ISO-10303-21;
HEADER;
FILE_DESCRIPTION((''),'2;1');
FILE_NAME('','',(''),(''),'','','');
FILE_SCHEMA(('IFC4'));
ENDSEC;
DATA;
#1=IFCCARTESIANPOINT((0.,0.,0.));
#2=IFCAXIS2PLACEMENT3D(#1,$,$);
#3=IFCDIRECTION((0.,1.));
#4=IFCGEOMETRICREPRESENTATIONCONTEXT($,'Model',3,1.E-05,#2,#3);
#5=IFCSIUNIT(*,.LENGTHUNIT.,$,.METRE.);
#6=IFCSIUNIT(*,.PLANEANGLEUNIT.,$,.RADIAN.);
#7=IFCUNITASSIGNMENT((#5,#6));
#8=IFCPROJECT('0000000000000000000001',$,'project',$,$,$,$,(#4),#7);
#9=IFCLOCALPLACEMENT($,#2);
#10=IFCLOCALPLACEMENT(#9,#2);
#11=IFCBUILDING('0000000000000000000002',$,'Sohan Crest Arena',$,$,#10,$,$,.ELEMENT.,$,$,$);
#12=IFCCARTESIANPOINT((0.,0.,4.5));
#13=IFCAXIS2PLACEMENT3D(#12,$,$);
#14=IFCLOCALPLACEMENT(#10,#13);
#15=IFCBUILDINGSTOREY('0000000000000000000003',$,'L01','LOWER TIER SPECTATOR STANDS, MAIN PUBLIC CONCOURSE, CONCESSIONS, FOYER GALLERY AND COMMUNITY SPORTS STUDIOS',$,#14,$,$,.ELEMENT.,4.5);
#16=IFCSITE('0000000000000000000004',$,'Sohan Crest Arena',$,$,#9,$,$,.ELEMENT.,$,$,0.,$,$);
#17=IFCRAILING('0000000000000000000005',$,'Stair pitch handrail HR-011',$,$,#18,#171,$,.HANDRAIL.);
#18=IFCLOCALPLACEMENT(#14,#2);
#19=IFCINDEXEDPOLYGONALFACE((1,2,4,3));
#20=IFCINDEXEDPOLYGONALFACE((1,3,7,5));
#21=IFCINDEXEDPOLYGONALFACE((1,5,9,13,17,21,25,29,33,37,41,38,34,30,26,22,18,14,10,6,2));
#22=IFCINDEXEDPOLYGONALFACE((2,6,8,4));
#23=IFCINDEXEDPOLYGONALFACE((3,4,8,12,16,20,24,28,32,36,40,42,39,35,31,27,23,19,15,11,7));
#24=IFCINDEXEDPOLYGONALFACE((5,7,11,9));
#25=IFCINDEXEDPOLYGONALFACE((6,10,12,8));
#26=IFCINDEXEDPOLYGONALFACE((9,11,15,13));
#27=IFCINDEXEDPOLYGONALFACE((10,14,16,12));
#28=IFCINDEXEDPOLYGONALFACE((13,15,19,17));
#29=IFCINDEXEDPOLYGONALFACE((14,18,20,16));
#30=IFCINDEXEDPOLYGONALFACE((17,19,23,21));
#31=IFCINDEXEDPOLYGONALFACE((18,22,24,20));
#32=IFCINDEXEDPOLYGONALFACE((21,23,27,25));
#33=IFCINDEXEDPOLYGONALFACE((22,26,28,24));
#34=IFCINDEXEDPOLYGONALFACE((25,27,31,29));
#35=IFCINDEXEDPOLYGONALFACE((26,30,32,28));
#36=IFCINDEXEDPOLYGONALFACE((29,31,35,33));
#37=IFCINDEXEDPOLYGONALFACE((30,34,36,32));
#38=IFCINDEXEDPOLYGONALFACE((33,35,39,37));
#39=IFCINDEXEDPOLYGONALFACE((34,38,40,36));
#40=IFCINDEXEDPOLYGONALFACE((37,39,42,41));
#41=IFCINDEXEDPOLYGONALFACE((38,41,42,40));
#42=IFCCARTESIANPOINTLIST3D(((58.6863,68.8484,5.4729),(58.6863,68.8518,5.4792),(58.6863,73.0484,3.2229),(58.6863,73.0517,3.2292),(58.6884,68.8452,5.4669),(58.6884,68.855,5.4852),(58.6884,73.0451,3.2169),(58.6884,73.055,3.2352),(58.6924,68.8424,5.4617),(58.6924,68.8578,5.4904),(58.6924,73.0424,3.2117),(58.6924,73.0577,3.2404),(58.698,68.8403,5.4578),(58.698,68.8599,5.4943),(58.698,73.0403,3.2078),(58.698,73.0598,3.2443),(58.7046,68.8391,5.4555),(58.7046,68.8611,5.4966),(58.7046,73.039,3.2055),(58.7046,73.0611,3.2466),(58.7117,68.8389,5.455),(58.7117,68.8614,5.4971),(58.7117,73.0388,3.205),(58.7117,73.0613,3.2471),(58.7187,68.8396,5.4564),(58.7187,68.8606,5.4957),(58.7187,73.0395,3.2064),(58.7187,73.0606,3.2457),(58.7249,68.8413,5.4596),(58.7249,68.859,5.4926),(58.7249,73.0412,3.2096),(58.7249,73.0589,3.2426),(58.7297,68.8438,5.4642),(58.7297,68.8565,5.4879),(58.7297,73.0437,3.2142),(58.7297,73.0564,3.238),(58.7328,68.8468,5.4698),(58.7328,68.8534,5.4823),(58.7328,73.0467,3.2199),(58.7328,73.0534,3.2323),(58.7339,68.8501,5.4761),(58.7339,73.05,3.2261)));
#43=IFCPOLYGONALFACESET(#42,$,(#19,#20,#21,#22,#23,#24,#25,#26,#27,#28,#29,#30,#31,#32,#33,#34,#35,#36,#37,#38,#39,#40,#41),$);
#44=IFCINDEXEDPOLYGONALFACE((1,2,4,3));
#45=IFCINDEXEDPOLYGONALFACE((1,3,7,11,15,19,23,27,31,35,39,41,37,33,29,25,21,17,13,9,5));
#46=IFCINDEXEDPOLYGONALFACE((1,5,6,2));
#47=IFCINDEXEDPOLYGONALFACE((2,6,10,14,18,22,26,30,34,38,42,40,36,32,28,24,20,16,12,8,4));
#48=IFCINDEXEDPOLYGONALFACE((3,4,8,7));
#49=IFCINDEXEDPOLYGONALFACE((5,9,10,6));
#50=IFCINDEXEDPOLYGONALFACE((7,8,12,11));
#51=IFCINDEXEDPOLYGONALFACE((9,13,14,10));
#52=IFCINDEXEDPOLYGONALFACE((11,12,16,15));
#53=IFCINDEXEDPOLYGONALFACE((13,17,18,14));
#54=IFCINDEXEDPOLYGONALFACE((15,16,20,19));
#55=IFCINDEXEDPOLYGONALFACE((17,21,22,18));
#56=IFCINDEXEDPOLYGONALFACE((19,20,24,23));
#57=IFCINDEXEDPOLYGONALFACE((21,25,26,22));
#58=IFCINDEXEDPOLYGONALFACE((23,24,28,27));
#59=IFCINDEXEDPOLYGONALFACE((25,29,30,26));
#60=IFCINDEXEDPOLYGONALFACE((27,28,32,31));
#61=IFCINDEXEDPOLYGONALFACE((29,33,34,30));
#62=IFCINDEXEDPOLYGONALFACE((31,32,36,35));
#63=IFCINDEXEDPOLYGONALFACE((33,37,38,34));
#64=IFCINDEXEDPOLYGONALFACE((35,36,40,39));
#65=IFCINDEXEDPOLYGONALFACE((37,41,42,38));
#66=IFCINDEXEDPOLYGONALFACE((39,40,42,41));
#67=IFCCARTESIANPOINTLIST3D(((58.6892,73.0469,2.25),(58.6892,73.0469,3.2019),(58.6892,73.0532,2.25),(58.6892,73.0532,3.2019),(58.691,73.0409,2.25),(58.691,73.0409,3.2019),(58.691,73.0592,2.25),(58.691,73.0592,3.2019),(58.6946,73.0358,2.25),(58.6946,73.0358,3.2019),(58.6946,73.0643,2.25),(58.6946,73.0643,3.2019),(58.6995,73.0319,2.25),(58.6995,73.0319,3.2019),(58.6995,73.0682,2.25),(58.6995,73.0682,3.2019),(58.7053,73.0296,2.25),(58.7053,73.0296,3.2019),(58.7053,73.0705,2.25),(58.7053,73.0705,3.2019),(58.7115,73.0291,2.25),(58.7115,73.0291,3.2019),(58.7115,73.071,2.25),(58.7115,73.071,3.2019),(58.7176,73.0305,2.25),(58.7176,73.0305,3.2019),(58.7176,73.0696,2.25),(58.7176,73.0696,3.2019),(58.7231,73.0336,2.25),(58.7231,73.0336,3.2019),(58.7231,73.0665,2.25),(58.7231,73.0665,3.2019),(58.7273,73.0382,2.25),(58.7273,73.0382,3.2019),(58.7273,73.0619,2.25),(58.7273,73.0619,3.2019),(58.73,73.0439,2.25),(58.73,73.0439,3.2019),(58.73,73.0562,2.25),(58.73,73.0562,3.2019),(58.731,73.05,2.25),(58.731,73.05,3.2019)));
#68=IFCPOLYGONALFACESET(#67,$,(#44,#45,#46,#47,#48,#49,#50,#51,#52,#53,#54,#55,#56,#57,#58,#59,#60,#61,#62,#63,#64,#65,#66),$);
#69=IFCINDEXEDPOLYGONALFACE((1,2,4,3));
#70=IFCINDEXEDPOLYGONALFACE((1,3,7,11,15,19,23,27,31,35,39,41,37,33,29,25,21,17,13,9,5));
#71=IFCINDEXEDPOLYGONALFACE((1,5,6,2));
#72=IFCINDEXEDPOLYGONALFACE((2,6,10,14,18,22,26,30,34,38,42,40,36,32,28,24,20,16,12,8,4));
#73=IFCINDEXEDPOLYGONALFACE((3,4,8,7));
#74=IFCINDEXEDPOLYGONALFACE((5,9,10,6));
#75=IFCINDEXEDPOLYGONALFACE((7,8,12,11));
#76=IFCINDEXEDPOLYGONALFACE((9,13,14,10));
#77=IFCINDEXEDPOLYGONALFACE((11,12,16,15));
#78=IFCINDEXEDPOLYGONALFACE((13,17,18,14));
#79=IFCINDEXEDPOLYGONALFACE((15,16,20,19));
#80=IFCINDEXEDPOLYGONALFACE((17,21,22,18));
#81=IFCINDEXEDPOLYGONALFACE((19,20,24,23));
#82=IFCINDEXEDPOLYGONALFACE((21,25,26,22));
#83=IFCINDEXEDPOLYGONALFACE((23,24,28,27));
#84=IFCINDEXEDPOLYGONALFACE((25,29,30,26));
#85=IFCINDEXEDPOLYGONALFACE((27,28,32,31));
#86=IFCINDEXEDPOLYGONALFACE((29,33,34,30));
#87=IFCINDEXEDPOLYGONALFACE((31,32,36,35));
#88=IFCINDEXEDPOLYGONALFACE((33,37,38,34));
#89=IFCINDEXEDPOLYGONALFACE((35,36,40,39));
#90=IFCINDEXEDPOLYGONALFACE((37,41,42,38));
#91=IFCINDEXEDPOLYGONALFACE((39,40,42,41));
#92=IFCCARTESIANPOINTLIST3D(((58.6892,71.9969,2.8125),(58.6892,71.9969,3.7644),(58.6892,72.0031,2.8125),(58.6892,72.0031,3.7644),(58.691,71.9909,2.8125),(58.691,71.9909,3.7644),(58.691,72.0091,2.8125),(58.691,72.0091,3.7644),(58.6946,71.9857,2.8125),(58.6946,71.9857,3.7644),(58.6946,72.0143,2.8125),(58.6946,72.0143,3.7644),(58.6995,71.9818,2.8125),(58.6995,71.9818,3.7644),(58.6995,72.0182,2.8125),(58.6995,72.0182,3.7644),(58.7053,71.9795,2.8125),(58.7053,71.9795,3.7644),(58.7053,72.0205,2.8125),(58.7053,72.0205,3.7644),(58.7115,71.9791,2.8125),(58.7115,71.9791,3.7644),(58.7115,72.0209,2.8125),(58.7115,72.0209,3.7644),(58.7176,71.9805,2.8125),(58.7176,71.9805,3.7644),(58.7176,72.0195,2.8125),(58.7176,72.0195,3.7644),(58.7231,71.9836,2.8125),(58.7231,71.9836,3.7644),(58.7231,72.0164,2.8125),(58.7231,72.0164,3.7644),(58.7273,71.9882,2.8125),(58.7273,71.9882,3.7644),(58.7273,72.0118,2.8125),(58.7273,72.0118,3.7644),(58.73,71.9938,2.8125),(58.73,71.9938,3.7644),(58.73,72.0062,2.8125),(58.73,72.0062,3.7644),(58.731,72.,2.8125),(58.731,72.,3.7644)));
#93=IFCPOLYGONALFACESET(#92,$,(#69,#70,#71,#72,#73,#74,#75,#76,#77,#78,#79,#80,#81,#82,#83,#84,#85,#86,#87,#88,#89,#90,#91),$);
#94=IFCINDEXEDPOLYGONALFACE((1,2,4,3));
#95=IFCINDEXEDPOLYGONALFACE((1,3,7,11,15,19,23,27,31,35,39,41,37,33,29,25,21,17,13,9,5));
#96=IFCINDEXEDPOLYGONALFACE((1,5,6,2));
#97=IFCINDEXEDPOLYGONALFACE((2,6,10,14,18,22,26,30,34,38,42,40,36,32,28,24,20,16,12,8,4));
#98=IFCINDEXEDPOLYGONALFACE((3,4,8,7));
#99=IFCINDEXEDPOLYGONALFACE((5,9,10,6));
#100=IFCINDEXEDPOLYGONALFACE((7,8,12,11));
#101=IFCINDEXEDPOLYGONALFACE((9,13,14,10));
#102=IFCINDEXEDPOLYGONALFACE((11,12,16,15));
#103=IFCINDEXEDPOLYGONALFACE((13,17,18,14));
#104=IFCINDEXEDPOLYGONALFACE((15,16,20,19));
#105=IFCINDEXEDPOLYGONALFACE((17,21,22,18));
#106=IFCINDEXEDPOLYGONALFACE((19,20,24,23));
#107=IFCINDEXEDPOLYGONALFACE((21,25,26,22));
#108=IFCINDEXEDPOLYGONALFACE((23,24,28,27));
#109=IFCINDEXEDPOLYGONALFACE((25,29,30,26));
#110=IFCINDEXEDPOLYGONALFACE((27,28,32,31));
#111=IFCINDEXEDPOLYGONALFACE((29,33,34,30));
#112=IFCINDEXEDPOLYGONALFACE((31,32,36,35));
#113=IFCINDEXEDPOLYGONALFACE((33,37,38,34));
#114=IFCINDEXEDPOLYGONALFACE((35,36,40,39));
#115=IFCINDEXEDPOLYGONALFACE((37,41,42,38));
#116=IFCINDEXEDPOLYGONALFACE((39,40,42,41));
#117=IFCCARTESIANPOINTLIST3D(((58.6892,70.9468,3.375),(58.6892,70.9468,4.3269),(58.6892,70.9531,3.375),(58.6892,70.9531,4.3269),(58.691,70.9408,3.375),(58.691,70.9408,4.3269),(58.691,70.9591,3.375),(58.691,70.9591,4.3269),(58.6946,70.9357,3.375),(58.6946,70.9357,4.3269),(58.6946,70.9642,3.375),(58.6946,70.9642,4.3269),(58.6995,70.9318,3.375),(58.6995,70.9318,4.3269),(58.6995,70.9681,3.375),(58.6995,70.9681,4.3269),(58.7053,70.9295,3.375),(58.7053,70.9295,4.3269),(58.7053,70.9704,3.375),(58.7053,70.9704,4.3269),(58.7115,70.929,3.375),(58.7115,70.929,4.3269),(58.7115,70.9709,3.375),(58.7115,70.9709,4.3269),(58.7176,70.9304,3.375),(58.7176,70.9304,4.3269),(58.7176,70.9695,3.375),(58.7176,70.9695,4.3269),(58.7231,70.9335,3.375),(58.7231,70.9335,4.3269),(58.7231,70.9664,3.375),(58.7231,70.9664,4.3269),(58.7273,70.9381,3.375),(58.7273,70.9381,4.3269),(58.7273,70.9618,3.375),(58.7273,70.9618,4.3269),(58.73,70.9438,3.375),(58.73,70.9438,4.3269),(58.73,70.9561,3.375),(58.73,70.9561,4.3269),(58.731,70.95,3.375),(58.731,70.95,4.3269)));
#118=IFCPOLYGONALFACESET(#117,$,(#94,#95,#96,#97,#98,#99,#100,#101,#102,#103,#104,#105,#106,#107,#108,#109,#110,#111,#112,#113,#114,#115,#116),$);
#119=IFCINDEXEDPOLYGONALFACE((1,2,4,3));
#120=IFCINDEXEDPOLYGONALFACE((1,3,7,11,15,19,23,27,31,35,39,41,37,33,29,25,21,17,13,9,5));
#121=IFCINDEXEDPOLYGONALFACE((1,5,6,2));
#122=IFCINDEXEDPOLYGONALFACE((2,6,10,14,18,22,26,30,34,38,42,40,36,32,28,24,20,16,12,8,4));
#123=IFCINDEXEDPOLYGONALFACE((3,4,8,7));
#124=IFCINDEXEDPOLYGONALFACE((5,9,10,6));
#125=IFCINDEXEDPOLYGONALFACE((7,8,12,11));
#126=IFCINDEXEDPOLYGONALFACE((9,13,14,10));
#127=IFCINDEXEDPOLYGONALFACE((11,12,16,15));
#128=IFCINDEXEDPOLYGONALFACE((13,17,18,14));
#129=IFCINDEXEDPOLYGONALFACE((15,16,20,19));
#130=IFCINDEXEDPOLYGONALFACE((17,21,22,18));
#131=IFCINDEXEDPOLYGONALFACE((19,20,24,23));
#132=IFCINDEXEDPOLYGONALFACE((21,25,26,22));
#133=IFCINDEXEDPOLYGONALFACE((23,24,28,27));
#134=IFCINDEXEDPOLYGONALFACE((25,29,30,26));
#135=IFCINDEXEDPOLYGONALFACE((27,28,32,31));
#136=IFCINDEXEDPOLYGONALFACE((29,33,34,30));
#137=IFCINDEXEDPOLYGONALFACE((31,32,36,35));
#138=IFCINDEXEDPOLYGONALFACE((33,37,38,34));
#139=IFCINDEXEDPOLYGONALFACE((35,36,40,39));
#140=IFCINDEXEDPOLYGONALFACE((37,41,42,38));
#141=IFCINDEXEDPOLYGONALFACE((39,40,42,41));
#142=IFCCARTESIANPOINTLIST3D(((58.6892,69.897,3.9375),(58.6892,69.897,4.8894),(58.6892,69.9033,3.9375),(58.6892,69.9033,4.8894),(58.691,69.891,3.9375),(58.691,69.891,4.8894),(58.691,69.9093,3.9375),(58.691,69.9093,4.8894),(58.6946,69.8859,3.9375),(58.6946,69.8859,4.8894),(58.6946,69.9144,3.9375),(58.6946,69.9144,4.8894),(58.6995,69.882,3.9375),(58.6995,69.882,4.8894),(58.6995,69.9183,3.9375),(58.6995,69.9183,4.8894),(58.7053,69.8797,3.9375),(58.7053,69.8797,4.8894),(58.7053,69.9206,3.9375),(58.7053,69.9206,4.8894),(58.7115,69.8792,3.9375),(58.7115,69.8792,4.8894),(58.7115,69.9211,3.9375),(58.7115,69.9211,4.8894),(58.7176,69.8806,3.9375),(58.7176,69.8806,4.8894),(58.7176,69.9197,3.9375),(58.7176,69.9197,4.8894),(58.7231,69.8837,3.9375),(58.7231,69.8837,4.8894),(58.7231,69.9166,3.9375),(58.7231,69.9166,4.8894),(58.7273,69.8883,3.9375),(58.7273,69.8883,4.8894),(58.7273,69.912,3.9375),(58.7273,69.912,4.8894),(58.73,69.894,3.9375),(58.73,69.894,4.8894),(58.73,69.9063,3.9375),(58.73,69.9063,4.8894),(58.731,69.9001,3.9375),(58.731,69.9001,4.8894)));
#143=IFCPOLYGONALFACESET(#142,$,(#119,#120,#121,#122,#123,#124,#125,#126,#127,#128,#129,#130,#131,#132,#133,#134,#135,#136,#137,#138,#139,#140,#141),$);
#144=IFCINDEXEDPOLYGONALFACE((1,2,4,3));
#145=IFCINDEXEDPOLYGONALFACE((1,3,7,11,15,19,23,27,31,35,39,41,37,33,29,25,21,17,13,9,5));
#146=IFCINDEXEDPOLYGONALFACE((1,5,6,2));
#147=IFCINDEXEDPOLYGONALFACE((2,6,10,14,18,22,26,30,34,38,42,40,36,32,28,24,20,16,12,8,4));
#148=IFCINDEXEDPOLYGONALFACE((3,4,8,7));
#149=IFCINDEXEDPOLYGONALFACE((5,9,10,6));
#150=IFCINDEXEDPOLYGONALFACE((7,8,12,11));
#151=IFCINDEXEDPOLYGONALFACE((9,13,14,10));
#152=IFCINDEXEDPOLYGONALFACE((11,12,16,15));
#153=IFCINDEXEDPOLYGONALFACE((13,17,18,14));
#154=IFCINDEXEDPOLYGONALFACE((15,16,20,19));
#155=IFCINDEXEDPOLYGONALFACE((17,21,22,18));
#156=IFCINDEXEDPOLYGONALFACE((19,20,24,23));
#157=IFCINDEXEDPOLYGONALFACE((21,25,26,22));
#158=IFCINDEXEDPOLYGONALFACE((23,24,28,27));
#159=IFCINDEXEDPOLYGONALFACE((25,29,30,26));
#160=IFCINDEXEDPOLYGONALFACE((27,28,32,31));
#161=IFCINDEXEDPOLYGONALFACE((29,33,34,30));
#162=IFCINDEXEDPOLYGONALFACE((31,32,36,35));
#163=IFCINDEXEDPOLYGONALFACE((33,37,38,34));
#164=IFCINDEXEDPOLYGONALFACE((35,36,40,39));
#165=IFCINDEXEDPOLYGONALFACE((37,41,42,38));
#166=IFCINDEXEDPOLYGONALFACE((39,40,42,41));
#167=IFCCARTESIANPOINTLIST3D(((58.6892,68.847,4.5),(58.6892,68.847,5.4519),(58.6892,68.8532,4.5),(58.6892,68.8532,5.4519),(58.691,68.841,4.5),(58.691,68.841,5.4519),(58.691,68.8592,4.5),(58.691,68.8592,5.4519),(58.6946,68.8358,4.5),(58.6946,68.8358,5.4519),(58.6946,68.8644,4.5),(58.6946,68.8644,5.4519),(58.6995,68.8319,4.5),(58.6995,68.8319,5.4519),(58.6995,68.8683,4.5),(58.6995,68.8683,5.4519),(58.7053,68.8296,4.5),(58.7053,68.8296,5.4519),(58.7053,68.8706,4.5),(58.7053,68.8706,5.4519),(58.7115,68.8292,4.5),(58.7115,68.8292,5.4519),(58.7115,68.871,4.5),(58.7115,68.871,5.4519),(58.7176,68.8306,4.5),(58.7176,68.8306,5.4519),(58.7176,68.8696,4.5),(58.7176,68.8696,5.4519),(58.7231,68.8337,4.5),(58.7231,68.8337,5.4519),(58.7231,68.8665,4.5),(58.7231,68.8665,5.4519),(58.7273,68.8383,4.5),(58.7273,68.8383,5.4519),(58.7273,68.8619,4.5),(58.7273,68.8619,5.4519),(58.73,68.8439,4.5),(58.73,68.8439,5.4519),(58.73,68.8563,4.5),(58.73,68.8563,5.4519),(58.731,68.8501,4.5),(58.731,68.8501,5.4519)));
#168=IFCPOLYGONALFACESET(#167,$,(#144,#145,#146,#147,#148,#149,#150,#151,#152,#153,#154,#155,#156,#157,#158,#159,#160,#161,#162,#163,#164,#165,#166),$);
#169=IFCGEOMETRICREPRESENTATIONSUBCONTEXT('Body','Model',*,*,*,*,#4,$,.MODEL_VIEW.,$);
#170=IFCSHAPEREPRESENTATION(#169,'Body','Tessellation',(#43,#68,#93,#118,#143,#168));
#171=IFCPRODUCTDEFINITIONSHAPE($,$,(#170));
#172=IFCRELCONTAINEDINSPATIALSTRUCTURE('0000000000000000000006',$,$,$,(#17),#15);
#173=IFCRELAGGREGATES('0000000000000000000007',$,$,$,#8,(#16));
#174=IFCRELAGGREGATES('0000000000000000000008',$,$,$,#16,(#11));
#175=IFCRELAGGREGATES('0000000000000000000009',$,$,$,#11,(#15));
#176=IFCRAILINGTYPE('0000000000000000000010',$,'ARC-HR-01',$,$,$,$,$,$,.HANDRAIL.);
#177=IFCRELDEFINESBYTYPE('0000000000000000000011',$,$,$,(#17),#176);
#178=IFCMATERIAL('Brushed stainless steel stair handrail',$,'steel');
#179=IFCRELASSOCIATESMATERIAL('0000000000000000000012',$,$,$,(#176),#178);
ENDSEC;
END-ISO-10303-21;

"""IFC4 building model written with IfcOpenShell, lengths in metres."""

from ifc_helpers import new_model, si_unit, direction, frame, origin, origin_2d, place, context, subcontext, project, spatial, circle, extrude, material, type_object, element, save


model = new_model("IFC4")

# Units and contexts
model_context = context("Model", 3, precision=1e-05, world=origin(), true_north=direction((0.0, 1.0)))
body_context = subcontext(model_context, "Body", "Model", "MODEL_VIEW")
ifc_project = project(units=[si_unit("LENGTHUNIT", "METRE"), si_unit("PLANEANGLEUNIT", "RADIAN")], contexts=[model_context])

# Site, building, storey
site_placement = place(None, origin())
site = spatial("IfcSite", under=ifc_project, at=site_placement, Name="Sohan Crest Arena", CompositionType="ELEMENT", RefElevation=0.0)
building_placement = place(site_placement, origin())
building = spatial("IfcBuilding", under=site, at=building_placement, Name="Sohan Crest Arena", CompositionType="ELEMENT")
storey_placement = place(building_placement, frame((0.0, 0.0, 4.5)))
storey = spatial("IfcBuildingStorey", under=building, at=storey_placement, Name="L01", Description="LOWER TIER SPECTATOR STANDS, MAIN PUBLIC CONCOURSE, CONCESSIONS, FOYER GALLERY AND COMMUNITY SPORTS STUDIOS", CompositionType="ELEMENT", Elevation=4.5)

# Railing
ifc_material_1 = material(Name="Brushed stainless steel stair handrail", Category="steel")
railing_type_1 = type_object("IfcRailingType", Name="ARC-HR-01", PredefinedType="HANDRAIL", material=ifc_material_1)
for number, where, name in (
    (1, (58.71, 73.05, 2.25), "Stair pitch handrail HR-011"),
):
    element("IfcRailing", number, at=place(storey_placement, frame(where)), inside=storey, type_object=railing_type_1, Name=name, PredefinedType="HANDRAIL", context=body_context, shape_type="SweptSolid", body=[
        extrude(circle(Radius=0.0239, at=origin_2d()), frame((0.0, 0.0, 0.9761), z_axis=(0.0, -0.881478, 0.472226), x_axis=(1.0, 0.0, 0.0)), (0.0, 0.0, 1.0), 4.7646),
        extrude(circle(Radius=0.021, at=origin_2d()), origin(), (0.0, 0.0, 1.0), 0.9519),
        extrude(circle(Radius=0.021, at=origin_2d()), frame((0.0, -1.05, 0.5625)), (0.0, 0.0, 1.0), 0.9519),
        extrude(circle(Radius=0.021, at=origin_2d()), frame((0.0, -2.1001, 1.125)), (0.0, 0.0, 1.0), 0.9519),
        extrude(circle(Radius=0.021, at=origin_2d()), frame((0.0, -3.1499, 1.6875)), (0.0, 0.0, 1.0), 0.9519),
        extrude(circle(Radius=0.021, at=origin_2d()), frame((0.0, -4.2, 2.25)), (0.0, 0.0, 1.0), 0.9519),
    ])

save(model, "model.ifc")
